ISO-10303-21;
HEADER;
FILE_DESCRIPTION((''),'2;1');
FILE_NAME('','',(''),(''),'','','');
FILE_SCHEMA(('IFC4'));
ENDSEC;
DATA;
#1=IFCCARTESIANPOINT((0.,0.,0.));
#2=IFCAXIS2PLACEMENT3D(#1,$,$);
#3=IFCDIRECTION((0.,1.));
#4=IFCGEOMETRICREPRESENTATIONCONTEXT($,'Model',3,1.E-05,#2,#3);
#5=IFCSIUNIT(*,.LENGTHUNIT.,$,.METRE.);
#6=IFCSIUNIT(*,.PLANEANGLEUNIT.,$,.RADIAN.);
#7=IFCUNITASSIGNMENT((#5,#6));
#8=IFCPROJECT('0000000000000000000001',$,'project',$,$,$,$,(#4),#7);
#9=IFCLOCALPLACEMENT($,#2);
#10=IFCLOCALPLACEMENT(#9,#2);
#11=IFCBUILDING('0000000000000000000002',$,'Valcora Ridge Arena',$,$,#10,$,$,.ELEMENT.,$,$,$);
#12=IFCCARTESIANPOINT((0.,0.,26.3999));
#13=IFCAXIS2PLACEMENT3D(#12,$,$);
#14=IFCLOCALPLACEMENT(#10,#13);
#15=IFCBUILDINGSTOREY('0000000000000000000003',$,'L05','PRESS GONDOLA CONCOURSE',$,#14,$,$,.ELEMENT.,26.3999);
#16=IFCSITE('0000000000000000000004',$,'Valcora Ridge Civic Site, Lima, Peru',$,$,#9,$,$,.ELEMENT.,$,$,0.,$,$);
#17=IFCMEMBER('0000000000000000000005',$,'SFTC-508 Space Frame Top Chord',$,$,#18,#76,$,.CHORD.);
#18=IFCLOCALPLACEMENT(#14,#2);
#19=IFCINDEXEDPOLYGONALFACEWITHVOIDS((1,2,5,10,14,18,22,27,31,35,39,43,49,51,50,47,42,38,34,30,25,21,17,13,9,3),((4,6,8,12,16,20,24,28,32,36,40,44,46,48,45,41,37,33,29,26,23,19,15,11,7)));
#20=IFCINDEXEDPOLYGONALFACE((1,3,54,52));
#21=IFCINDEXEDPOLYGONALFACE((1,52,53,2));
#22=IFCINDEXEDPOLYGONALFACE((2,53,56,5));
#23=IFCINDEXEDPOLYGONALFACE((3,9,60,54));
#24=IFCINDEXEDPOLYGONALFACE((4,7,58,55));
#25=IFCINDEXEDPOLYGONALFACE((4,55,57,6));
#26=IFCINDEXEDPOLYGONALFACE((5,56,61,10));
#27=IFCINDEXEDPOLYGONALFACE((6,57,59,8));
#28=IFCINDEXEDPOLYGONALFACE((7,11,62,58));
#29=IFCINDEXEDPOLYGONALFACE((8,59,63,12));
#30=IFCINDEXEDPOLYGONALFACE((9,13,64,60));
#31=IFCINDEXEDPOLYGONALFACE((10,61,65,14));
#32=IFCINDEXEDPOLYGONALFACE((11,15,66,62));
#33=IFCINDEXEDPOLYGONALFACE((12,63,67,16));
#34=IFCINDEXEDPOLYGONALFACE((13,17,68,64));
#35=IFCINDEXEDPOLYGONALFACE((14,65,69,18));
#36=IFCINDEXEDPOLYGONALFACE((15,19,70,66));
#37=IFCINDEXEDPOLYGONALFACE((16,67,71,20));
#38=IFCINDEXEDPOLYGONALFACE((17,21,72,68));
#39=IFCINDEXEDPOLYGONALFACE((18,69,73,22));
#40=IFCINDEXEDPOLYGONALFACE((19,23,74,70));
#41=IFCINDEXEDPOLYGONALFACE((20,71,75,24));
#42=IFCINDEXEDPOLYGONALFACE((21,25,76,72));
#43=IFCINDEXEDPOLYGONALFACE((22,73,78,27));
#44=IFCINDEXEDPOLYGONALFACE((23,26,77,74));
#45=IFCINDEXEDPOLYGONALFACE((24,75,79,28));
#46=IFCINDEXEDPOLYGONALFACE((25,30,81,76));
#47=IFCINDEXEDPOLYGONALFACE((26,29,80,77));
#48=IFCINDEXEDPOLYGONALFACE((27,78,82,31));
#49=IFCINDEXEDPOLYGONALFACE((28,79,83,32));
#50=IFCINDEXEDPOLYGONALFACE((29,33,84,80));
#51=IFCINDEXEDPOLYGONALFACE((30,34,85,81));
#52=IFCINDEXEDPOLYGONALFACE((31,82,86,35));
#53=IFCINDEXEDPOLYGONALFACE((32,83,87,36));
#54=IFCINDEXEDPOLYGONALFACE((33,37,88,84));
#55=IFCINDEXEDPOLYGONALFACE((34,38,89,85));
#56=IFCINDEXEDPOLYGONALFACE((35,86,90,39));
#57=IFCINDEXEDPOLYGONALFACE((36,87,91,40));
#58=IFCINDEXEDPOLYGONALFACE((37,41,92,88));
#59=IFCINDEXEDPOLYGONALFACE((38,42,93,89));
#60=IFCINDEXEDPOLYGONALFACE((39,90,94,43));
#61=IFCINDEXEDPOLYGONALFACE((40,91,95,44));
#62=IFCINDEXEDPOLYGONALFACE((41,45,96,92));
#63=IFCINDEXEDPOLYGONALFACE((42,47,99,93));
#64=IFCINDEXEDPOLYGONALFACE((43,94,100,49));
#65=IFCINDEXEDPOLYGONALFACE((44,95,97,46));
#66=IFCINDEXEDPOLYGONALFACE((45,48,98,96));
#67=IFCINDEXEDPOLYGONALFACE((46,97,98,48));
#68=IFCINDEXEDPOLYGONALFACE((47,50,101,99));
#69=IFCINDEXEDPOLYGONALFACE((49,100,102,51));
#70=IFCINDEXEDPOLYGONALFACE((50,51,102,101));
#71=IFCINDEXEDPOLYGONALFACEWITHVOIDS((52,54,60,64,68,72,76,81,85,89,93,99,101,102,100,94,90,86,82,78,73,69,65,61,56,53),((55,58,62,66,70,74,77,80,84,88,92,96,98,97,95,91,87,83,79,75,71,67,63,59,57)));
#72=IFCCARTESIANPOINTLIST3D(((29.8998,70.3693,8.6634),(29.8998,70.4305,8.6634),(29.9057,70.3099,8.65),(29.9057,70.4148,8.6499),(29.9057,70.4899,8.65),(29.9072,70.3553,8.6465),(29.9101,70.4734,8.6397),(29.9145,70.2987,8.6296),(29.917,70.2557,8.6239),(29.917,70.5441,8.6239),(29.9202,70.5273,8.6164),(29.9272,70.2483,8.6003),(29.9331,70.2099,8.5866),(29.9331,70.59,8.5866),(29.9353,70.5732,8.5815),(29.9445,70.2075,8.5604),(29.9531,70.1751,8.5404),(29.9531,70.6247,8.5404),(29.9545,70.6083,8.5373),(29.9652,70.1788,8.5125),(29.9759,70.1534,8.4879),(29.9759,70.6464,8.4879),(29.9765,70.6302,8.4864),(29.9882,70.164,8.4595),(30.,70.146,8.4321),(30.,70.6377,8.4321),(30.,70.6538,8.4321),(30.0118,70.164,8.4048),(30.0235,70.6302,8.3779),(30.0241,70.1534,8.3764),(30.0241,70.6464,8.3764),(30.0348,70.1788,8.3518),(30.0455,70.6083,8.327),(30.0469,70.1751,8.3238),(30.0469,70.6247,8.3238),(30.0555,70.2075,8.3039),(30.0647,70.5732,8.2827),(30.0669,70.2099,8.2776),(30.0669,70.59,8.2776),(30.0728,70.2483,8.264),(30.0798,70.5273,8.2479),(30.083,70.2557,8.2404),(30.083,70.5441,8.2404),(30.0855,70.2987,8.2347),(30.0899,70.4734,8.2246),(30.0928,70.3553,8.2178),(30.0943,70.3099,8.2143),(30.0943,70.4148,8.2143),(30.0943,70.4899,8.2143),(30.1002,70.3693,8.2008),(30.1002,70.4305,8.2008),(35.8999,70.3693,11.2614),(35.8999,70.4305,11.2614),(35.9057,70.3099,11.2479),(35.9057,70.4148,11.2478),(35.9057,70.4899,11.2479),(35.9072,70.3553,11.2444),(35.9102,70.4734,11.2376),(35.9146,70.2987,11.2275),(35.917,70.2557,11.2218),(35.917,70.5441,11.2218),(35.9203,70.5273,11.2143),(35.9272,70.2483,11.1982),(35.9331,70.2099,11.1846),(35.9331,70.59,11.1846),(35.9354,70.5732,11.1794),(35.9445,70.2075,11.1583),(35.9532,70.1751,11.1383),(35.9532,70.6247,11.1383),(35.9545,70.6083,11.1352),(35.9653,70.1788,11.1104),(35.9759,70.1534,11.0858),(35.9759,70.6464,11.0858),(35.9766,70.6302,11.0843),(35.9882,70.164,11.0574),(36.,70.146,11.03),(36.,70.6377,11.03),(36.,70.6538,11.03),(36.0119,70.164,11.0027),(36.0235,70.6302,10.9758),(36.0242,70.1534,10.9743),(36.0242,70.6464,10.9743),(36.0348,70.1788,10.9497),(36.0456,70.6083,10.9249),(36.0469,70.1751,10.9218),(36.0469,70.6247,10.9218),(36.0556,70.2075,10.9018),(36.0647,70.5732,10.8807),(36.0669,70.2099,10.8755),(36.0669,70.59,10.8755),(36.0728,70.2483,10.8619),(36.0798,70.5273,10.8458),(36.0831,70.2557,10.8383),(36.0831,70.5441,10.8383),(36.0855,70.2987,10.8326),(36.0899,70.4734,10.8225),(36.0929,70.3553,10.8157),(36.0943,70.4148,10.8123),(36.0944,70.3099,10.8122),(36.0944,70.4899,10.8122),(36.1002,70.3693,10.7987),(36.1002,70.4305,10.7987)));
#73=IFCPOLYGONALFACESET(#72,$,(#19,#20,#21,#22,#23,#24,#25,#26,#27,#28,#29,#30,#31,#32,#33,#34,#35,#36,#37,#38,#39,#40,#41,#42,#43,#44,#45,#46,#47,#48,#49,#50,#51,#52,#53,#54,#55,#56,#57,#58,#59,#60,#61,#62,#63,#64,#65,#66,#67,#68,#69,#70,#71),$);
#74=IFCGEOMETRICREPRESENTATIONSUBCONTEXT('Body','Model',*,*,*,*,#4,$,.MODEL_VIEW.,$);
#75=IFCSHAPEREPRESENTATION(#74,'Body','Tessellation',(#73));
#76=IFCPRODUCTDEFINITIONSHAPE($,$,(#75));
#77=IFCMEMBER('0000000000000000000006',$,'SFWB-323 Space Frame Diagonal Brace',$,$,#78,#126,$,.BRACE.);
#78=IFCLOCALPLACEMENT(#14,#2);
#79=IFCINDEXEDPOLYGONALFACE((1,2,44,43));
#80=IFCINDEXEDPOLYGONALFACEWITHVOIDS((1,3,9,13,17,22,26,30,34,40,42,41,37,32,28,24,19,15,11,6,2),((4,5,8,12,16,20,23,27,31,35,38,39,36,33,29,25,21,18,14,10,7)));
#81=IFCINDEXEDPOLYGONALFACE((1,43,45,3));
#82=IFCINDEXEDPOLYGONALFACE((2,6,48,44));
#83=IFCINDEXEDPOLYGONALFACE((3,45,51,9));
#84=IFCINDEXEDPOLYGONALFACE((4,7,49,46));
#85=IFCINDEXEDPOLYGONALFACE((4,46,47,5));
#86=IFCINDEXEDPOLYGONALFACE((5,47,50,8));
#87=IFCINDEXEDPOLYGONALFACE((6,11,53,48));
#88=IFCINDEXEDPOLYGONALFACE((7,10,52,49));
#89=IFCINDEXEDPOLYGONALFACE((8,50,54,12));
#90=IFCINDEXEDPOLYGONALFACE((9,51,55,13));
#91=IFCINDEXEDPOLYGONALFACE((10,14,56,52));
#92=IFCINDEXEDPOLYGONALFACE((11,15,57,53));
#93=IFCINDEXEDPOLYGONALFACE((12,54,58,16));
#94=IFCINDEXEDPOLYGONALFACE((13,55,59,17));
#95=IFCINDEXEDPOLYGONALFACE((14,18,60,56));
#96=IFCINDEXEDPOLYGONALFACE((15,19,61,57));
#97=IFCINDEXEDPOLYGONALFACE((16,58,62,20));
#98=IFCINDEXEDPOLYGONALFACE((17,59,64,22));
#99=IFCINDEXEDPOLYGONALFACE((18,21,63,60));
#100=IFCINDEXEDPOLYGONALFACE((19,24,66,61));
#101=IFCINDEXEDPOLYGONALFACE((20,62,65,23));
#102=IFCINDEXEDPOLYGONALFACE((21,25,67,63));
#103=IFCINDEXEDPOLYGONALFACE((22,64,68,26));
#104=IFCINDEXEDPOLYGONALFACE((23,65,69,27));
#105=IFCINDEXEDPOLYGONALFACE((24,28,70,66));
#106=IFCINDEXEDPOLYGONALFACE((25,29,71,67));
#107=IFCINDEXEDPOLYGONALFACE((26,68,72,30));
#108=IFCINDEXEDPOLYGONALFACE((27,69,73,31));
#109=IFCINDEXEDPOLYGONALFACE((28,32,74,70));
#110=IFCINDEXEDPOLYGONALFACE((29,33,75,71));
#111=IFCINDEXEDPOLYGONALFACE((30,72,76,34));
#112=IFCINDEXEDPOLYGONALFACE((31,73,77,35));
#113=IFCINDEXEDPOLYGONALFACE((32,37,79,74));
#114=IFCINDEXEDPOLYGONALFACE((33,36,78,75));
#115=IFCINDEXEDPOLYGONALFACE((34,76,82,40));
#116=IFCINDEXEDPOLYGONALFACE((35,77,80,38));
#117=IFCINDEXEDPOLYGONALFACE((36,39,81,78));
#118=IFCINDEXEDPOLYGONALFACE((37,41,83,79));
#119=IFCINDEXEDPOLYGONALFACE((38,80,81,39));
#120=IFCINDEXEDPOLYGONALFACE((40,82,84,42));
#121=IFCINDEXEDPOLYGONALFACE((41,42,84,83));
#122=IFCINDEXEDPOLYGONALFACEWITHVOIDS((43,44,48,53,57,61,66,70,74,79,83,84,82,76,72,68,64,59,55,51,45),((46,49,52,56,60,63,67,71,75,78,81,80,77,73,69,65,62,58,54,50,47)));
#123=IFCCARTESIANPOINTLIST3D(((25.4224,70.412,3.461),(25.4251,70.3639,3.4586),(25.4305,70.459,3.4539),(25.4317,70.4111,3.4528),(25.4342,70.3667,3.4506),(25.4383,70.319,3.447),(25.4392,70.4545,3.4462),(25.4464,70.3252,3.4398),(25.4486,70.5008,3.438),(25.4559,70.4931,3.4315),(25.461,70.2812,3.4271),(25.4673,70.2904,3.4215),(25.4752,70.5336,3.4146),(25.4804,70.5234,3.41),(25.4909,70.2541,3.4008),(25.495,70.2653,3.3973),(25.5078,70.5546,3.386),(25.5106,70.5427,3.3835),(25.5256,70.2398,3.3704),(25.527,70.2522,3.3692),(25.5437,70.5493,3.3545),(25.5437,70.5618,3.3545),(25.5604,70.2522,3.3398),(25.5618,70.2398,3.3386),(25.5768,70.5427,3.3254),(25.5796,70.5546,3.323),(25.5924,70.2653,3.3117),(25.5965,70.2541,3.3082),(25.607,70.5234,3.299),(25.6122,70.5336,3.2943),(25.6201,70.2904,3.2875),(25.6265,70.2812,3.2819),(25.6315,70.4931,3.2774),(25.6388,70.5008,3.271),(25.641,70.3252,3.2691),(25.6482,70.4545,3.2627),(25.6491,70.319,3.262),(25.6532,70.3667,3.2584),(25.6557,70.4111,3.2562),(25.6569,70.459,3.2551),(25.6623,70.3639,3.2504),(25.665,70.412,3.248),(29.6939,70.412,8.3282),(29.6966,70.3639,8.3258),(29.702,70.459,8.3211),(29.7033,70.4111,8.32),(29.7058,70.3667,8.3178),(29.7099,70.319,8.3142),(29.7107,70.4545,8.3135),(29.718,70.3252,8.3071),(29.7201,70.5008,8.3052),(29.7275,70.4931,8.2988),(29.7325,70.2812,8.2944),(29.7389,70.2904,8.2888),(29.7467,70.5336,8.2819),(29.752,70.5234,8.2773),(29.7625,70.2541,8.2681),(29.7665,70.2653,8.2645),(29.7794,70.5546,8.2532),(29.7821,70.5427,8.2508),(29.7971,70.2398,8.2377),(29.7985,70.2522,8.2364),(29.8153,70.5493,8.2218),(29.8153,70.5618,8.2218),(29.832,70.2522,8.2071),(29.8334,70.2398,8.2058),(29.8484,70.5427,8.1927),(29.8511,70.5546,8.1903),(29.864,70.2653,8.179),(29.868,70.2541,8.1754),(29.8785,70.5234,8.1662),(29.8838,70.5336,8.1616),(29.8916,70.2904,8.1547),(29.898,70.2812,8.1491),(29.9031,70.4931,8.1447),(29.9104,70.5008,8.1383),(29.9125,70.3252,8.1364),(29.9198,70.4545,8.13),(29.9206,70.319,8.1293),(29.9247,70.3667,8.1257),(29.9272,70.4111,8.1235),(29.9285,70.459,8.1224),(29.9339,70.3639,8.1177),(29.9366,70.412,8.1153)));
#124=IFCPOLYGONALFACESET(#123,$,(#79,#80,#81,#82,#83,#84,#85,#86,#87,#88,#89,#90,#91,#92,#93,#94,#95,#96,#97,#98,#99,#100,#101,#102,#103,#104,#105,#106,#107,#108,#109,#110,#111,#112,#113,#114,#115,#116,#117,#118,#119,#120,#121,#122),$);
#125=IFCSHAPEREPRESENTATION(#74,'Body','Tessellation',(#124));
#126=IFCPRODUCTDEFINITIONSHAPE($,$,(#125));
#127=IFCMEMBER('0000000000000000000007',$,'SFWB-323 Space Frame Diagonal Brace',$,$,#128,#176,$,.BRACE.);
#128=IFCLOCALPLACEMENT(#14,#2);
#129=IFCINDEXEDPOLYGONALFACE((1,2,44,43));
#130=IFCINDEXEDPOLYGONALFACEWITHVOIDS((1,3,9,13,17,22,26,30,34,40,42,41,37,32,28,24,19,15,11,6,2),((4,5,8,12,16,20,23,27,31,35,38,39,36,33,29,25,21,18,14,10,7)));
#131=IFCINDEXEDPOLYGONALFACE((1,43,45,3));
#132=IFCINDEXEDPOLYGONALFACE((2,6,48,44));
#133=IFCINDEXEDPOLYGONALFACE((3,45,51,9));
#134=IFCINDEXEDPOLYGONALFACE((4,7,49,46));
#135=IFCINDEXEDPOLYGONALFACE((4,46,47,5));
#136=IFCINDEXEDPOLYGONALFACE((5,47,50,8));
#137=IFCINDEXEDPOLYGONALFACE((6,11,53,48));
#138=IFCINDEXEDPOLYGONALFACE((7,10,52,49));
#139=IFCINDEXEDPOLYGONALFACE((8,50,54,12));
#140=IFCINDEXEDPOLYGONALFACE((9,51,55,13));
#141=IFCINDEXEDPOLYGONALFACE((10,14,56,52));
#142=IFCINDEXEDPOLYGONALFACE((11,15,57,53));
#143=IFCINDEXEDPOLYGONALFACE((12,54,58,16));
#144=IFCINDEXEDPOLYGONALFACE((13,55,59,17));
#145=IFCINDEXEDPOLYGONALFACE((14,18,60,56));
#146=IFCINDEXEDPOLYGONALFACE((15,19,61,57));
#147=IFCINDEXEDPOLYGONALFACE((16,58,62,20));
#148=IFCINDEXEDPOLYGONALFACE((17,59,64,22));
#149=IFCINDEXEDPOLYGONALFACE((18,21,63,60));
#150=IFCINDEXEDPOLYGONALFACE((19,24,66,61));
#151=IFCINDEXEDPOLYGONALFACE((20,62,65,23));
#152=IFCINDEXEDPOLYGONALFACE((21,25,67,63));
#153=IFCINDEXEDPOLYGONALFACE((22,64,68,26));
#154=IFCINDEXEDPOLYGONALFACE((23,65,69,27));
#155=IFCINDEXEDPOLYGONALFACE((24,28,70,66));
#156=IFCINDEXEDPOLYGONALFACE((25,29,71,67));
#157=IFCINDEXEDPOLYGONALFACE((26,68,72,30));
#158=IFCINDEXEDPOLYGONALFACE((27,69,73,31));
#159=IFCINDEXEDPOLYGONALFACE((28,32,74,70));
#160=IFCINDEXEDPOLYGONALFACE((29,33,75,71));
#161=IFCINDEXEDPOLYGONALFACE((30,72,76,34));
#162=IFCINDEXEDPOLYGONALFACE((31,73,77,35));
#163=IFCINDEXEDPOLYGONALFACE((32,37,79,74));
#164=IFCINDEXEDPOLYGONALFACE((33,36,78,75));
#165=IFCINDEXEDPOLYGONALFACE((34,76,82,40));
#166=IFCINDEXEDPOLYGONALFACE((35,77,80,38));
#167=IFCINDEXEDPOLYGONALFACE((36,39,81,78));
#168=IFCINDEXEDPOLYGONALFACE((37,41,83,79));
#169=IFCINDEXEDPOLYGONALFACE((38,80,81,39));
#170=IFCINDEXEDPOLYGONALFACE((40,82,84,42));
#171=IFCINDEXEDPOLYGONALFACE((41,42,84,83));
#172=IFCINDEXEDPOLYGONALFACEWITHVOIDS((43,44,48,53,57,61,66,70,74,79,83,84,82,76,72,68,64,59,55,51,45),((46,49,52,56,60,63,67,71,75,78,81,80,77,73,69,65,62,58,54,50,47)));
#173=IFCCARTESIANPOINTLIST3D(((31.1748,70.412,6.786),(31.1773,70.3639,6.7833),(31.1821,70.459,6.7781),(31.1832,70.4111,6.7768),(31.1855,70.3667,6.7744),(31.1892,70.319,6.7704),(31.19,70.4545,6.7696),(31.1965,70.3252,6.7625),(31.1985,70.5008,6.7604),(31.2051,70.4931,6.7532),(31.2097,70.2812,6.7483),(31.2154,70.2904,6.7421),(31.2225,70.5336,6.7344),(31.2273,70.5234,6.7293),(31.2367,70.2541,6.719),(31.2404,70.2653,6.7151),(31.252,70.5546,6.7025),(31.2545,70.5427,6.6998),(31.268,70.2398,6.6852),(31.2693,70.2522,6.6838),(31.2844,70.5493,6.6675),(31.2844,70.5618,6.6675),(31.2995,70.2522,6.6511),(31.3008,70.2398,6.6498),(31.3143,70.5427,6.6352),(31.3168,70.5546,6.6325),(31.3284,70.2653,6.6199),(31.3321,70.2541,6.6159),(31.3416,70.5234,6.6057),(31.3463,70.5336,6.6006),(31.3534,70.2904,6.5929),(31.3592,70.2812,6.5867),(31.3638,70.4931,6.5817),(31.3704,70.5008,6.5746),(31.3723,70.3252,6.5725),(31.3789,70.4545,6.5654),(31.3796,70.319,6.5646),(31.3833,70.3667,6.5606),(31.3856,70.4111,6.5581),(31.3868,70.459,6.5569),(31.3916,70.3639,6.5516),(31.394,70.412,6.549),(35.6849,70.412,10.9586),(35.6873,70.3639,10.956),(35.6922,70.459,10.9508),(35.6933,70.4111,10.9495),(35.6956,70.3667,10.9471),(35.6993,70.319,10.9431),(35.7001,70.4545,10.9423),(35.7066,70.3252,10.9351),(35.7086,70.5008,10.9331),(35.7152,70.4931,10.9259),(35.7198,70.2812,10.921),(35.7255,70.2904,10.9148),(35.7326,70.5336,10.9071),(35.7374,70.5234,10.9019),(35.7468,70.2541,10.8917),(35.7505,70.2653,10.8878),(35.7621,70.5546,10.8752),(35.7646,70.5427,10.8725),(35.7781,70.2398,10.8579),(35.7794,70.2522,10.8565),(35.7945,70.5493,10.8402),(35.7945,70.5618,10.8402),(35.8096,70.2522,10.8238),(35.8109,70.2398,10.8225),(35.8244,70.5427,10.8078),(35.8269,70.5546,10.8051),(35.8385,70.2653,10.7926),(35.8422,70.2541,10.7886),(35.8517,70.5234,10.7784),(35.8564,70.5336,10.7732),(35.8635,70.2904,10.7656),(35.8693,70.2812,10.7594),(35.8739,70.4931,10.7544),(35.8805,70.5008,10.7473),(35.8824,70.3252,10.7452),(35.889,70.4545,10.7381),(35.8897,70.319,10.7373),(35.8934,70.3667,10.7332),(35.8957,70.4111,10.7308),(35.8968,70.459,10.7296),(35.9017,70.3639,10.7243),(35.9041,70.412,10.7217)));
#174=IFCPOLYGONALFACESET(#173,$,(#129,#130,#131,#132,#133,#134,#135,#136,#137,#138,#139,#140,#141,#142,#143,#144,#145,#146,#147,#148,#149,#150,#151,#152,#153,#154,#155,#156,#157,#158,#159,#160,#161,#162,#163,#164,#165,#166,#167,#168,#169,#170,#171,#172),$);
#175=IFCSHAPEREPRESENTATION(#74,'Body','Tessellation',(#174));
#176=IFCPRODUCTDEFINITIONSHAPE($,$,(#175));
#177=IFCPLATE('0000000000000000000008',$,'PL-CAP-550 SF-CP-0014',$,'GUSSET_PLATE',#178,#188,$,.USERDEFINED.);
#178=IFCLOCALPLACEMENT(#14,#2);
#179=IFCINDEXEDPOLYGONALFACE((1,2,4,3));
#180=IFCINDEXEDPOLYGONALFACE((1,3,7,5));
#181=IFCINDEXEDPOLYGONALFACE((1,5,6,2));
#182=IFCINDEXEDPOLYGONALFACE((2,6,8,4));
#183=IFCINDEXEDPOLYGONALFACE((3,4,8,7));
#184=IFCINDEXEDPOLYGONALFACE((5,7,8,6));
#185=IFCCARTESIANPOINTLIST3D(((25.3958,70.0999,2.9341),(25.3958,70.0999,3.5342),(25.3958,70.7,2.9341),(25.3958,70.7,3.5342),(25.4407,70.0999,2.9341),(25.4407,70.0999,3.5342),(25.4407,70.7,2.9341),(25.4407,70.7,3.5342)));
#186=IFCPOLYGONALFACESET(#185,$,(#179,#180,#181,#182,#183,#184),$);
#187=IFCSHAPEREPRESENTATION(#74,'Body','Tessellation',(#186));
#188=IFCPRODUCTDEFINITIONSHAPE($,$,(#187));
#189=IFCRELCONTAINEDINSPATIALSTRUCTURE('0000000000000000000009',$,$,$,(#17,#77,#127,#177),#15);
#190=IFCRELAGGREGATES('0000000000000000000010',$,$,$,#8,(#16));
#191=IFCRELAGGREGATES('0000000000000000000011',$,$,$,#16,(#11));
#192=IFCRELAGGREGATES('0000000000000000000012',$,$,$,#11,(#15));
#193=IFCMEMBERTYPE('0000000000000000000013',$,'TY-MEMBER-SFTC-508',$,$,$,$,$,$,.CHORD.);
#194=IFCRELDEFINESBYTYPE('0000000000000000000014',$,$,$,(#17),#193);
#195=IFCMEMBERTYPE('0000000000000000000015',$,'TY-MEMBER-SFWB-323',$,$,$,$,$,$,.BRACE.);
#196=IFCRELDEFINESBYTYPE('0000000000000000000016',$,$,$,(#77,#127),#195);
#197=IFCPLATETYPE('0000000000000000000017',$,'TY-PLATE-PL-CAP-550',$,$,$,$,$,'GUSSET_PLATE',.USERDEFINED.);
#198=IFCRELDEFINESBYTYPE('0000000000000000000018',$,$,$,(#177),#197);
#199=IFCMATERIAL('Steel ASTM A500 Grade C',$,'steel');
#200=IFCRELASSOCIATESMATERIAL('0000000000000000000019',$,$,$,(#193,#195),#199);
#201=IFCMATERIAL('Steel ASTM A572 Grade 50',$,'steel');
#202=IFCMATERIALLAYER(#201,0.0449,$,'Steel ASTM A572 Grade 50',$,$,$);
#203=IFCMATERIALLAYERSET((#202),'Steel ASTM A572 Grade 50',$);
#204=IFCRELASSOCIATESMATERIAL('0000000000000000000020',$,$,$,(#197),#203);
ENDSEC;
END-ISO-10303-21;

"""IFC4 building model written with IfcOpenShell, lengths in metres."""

from ifc_helpers import new_model, si_unit, direction, frame, origin, origin_2d, place, context, subcontext, project, spatial, rectangle, hollow_circle, extrude, material, layer, layer_set, material_profile, profile_set, type_object, element, save


model = new_model("IFC4")

# Units and contexts
model_context = context("Model", 3, precision=1e-05, world=origin(), true_north=direction((0.0, 1.0)))
body_context = subcontext(model_context, "Body", "Model", "MODEL_VIEW")
ifc_project = project(units=[si_unit("LENGTHUNIT", "METRE"), si_unit("PLANEANGLEUNIT", "RADIAN")], contexts=[model_context])

# Site, building, storey
site_placement = place(None, origin())
site = spatial("IfcSite", under=ifc_project, at=site_placement, Name="Valcora Ridge Civic Site, Lima, Peru", CompositionType="ELEMENT", RefElevation=0.0)
building_placement = place(site_placement, origin())
building = spatial("IfcBuilding", under=site, at=building_placement, Name="Valcora Ridge Arena", CompositionType="ELEMENT")
storey_placement = place(building_placement, frame((0.0, 0.0, 26.3999)))
storey = spatial("IfcBuildingStorey", under=building, at=storey_placement, Name="L05", Description="PRESS GONDOLA CONCOURSE", CompositionType="ELEMENT", Elevation=26.3999)

# Members
ifc_material_1 = material(Name="Steel ASTM A572 Grade 50", Category="steel")
ifc_material_2 = material(Name="Steel ASTM A500 Grade C", Category="steel")
ifc_material_profile_1 = material_profile(ifc_material_2, hollow_circle(Radius=0.2539, WallThickness=0.0161, at=origin_2d()), Name="CHS508X16")
ifc_profile_set_1 = profile_set([ifc_material_profile_1], Name="Steel ASTM A500 Grade C")
member_type_1 = type_object("IfcMemberType", Name="TY-MEMBER-SFTC-508", PredefinedType="CHORD", material=ifc_profile_set_1)
member_1_placement = place(storey_placement, frame((30.0, 70.3999, 8.4321), z_axis=(0.917673, 0.0, 0.397337), x_axis=(0.0, 1.0, 0.0)))
element("IfcMember", 1, at=member_1_placement, inside=storey, type_object=member_type_1, Name="SFTC-508 Space Frame Top Chord", PredefinedType="CHORD", context=body_context, shape_type="SweptSolid", body=[
    extrude(hollow_circle(Radius=0.2539, WallThickness=0.0161, at=origin_2d()), origin(), (0.0, 0.0, 1.0), 6.5383),
])
ifc_material_profile_2 = material_profile(ifc_material_2, hollow_circle(Radius=0.1619, WallThickness=0.0125, at=origin_2d()), Name="CHS323X12")
ifc_profile_set_2 = profile_set([ifc_material_profile_2], Name="Steel ASTM A500 Grade C")
member_type_2 = type_object("IfcMemberType", Name="TY-MEMBER-SFWB-323", PredefinedType="BRACE", material=ifc_profile_set_2)
member_2_placement = place(storey_placement, frame((25.5437, 70.3999, 3.3545), z_axis=(0.659614, 0.0, 0.751604), x_axis=(0.0, 1.0, 0.0)))
element("IfcMember", 2, at=member_2_placement, inside=storey, type_object=member_type_2, Name="SFWB-323 Space Frame Diagonal Brace", PredefinedType="BRACE", context=body_context, shape_type="SweptSolid", body=[
    extrude(hollow_circle(Radius=0.1619, WallThickness=0.0125, at=origin_2d()), origin(), (0.0, 0.0, 1.0), 6.4758),
])
member_3_placement = place(storey_placement, frame((31.2844, 70.3999, 6.6675), z_axis=(0.734031, 0.0, 0.679116), x_axis=(0.0, 1.0, 0.0)))
element("IfcMember", 3, at=member_3_placement, inside=storey, type_object=member_type_2, Name="SFWB-323 Space Frame Diagonal Brace", PredefinedType="BRACE", context=body_context, shape_type="SweptSolid", body=[
    extrude(hollow_circle(Radius=0.1619, WallThickness=0.0125, at=origin_2d()), origin(), (0.0, 0.0, 1.0), 6.1443),
])

# Plate
ifc_layer_1 = layer(ifc_material_1, 0.0449, Name="Steel ASTM A572 Grade 50")
ifc_layer_set_1 = layer_set([ifc_layer_1], Name="Steel ASTM A572 Grade 50")
plate_type_1 = type_object("IfcPlateType", Name="TY-PLATE-PL-CAP-550", ElementType="GUSSET_PLATE", PredefinedType="USERDEFINED", material=ifc_layer_set_1)
plate_1_placement = place(storey_placement, frame((25.4182, 70.3999, 2.9341), z_axis=(0.0, 0.0, 1.0), x_axis=(1.0, 0.0, 0.0)))
element("IfcPlate", 4, at=plate_1_placement, inside=storey, type_object=plate_type_1, Name="PL-CAP-550 SF-CP-0014", ObjectType="GUSSET_PLATE", PredefinedType="USERDEFINED", context=body_context, shape_type="SweptSolid", body=[
    extrude(rectangle(XDim=0.0449, YDim=0.6001, at=origin_2d()), origin(), (0.0, 0.0, 1.0), 0.6001),
])

save(model, "model.ifc")
